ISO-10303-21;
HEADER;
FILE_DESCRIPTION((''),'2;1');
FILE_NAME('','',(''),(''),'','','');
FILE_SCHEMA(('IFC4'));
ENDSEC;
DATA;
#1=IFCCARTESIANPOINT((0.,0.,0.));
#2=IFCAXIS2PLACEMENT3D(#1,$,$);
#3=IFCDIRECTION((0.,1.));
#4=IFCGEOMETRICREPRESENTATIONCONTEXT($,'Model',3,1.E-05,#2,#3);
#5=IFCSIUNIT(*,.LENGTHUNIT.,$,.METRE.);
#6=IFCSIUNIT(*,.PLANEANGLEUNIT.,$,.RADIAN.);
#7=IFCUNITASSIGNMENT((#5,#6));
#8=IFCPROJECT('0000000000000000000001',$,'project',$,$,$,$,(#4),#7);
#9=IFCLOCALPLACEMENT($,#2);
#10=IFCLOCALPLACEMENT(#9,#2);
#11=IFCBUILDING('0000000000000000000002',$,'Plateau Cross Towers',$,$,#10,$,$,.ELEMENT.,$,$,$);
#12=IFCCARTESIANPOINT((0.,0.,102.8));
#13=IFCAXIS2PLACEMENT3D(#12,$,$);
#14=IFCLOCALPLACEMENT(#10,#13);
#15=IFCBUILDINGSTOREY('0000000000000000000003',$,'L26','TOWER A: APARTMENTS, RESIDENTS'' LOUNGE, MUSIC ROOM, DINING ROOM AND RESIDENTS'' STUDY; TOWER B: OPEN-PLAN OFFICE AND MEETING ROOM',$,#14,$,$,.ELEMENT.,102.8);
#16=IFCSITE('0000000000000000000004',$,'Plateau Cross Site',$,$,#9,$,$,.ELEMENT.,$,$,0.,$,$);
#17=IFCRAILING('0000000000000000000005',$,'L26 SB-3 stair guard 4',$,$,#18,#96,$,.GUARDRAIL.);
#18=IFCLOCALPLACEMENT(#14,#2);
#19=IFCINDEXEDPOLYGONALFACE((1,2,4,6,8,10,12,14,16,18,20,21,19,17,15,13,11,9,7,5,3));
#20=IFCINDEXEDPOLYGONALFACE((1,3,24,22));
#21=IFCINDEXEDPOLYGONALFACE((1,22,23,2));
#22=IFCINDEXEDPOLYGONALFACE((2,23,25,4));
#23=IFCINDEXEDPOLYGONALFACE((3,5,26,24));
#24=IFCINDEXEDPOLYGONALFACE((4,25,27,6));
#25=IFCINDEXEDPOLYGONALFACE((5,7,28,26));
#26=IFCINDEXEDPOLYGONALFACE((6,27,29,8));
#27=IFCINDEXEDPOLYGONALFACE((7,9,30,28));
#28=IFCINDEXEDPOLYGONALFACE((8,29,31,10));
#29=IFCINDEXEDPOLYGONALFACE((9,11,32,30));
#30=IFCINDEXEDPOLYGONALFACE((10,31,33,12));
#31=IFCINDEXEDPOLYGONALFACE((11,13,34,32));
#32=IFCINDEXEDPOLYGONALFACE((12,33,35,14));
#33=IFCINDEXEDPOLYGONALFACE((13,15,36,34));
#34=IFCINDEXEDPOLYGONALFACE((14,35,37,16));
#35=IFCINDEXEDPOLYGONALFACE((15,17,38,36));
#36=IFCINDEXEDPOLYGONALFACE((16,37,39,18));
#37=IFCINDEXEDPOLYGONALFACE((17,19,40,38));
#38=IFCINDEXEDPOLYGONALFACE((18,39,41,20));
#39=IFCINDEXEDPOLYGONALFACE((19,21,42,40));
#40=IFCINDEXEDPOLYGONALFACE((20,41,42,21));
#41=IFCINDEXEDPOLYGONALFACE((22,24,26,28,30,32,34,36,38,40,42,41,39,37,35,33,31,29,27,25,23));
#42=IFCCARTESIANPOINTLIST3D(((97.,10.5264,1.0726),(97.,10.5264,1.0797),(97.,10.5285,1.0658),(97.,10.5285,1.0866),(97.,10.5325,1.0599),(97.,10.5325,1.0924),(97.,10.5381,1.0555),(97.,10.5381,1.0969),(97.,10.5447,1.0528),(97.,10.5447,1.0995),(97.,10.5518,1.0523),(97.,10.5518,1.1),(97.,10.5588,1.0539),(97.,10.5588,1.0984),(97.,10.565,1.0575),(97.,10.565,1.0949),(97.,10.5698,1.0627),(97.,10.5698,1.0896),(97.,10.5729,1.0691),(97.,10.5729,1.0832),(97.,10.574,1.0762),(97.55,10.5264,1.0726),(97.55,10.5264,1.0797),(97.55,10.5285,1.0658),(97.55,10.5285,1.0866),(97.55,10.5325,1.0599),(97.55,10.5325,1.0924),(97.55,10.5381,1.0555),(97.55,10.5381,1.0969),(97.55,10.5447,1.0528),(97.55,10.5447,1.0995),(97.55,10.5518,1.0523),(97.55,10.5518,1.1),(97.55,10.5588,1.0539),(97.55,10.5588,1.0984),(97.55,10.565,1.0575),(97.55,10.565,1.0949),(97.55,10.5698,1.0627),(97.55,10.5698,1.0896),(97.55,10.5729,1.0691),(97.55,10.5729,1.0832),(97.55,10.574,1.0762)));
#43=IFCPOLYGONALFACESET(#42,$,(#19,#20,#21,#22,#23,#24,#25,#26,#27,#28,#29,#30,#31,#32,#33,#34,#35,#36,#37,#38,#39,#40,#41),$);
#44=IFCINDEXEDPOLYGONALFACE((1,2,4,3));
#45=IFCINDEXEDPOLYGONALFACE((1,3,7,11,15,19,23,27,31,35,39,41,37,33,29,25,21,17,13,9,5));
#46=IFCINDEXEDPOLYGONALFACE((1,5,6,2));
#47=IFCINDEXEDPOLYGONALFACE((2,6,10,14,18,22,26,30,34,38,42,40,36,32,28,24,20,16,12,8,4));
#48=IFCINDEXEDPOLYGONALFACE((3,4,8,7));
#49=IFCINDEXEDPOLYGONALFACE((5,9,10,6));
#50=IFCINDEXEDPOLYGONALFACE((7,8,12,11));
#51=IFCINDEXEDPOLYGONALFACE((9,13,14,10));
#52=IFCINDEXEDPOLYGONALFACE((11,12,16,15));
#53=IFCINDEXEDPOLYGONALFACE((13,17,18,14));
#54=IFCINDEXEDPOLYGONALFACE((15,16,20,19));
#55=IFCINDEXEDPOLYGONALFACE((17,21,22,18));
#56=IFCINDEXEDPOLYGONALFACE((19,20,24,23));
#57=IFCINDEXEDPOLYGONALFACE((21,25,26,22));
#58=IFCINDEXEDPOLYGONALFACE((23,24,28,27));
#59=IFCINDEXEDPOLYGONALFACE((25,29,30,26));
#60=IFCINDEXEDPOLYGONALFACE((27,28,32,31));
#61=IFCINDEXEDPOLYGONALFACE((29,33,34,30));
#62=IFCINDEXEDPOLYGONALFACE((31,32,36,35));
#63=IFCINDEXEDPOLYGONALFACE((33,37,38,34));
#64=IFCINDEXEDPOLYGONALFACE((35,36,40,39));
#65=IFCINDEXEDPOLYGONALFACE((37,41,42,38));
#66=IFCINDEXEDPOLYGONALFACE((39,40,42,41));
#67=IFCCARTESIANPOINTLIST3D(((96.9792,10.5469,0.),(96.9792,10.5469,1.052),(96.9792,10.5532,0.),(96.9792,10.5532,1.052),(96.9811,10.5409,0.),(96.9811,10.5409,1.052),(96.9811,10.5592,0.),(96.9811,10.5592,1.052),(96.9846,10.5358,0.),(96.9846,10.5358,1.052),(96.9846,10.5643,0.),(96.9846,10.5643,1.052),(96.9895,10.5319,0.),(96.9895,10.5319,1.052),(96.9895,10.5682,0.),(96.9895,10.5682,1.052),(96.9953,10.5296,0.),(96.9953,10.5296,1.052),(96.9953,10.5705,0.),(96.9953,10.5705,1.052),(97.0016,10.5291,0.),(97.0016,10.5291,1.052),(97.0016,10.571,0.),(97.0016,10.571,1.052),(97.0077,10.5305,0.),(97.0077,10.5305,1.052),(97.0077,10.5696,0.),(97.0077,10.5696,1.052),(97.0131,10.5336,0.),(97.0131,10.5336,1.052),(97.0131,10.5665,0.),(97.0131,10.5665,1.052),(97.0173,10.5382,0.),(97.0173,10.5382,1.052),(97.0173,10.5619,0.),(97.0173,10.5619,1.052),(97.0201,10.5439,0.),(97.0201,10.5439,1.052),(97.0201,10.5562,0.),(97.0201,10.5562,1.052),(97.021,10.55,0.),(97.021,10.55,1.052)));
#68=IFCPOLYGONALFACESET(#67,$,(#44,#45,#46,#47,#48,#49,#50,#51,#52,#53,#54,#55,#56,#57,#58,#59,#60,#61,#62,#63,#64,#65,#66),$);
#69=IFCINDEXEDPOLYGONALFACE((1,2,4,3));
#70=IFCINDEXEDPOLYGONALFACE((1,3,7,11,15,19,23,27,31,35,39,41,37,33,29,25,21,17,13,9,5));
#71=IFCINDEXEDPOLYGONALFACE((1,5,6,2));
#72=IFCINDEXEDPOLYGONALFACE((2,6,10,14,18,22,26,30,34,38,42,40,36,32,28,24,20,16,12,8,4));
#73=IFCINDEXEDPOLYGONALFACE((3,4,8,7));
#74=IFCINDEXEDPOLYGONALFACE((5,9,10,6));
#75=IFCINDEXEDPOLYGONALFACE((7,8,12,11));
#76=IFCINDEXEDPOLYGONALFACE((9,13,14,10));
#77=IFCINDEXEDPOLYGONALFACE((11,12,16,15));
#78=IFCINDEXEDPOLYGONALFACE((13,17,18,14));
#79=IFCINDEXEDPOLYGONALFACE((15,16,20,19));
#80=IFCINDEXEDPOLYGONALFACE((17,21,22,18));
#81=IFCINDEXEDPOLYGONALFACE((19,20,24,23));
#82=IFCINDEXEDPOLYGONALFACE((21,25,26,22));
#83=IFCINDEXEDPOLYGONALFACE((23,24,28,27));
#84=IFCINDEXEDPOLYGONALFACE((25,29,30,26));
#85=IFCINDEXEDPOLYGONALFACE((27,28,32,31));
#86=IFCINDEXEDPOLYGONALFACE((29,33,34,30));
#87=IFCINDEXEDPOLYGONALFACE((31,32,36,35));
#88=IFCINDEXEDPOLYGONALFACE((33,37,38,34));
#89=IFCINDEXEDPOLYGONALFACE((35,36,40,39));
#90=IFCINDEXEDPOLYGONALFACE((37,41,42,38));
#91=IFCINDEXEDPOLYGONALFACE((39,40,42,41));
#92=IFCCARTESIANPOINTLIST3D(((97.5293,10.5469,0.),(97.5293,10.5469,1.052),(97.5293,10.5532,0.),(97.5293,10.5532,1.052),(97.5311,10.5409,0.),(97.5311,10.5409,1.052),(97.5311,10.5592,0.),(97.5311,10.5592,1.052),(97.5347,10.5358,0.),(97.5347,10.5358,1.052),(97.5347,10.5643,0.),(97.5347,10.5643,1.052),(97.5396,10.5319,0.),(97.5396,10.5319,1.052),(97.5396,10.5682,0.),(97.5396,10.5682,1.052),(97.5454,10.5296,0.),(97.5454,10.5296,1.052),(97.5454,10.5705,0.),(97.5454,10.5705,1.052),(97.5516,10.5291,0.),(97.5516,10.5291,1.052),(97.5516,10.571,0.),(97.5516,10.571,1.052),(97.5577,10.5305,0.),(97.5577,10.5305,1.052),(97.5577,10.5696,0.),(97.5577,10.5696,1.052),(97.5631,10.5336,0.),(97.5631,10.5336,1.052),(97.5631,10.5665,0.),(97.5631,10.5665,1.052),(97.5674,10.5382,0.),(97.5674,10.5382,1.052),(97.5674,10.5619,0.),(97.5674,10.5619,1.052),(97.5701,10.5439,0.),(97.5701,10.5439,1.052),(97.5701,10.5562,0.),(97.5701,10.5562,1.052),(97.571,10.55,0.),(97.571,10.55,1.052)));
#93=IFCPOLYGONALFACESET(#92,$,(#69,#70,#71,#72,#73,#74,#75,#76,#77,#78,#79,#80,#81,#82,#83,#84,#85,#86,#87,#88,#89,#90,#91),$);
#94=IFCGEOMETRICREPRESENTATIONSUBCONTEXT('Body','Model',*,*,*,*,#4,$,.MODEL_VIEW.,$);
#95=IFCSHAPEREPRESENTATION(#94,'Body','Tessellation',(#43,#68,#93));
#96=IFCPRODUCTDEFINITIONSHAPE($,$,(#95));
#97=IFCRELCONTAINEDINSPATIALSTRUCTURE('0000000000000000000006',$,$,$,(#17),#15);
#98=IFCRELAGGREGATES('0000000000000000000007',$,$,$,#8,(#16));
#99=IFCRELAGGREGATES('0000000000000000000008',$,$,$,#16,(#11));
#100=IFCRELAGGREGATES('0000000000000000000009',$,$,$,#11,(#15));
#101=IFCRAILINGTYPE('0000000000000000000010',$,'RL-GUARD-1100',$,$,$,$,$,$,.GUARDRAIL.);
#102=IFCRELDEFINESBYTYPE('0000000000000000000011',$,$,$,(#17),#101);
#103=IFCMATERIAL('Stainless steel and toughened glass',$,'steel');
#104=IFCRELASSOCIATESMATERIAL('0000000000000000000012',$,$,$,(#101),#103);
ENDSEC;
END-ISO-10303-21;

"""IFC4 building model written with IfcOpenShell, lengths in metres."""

from ifc_helpers import new_model, si_unit, direction, frame, origin, origin_2d, place, context, subcontext, project, spatial, circle, extrude, material, type_object, element, save


model = new_model("IFC4")

# Units and contexts
model_context = context("Model", 3, precision=1e-05, world=origin(), true_north=direction((0.0, 1.0)))
body_context = subcontext(model_context, "Body", "Model", "MODEL_VIEW")
ifc_project = project(units=[si_unit("LENGTHUNIT", "METRE"), si_unit("PLANEANGLEUNIT", "RADIAN")], contexts=[model_context])

# Site, building, storey
site_placement = place(None, origin())
site = spatial("IfcSite", under=ifc_project, at=site_placement, Name="Plateau Cross Site", CompositionType="ELEMENT", RefElevation=0.0)
building_placement = place(site_placement, origin())
building = spatial("IfcBuilding", under=site, at=building_placement, Name="Plateau Cross Towers", CompositionType="ELEMENT")
storey_placement = place(building_placement, frame((0.0, 0.0, 102.8)))
storey = spatial("IfcBuildingStorey", under=building, at=storey_placement, Name="L26", Description="TOWER A: APARTMENTS, RESIDENTS' LOUNGE, MUSIC ROOM, DINING ROOM AND RESIDENTS' STUDY; TOWER B: OPEN-PLAN OFFICE AND MEETING ROOM", CompositionType="ELEMENT", Elevation=102.8)

# Railing
ifc_material_1 = material(Name="Stainless steel and toughened glass", Category="steel")
railing_type_1 = type_object("IfcRailingType", Name="RL-GUARD-1100", PredefinedType="GUARDRAIL", material=ifc_material_1)
railing_1_placement = place(storey_placement, frame((97.0, 10.55, 0.0)))
element("IfcRailing", 1, at=railing_1_placement, inside=storey, type_object=railing_type_1, Name="L26 SB-3 stair guard 4", PredefinedType="GUARDRAIL", context=body_context, shape_type="SweptSolid", body=[
    extrude(circle(Radius=0.0239, at=origin_2d()), frame((0.0, 0.0, 1.0762), z_axis=(1.0, 0.0, 0.0), x_axis=(0.0, 1.0, 0.0)), (0.0, 0.0, 1.0), 0.55),
    extrude(circle(Radius=0.021, at=origin_2d()), origin(), (0.0, 0.0, 1.0), 1.052),
    extrude(circle(Radius=0.021, at=origin_2d()), frame((0.55, 0.0, 0.0)), (0.0, 0.0, 1.0), 1.052),
])

save(model, "model.ifc")
